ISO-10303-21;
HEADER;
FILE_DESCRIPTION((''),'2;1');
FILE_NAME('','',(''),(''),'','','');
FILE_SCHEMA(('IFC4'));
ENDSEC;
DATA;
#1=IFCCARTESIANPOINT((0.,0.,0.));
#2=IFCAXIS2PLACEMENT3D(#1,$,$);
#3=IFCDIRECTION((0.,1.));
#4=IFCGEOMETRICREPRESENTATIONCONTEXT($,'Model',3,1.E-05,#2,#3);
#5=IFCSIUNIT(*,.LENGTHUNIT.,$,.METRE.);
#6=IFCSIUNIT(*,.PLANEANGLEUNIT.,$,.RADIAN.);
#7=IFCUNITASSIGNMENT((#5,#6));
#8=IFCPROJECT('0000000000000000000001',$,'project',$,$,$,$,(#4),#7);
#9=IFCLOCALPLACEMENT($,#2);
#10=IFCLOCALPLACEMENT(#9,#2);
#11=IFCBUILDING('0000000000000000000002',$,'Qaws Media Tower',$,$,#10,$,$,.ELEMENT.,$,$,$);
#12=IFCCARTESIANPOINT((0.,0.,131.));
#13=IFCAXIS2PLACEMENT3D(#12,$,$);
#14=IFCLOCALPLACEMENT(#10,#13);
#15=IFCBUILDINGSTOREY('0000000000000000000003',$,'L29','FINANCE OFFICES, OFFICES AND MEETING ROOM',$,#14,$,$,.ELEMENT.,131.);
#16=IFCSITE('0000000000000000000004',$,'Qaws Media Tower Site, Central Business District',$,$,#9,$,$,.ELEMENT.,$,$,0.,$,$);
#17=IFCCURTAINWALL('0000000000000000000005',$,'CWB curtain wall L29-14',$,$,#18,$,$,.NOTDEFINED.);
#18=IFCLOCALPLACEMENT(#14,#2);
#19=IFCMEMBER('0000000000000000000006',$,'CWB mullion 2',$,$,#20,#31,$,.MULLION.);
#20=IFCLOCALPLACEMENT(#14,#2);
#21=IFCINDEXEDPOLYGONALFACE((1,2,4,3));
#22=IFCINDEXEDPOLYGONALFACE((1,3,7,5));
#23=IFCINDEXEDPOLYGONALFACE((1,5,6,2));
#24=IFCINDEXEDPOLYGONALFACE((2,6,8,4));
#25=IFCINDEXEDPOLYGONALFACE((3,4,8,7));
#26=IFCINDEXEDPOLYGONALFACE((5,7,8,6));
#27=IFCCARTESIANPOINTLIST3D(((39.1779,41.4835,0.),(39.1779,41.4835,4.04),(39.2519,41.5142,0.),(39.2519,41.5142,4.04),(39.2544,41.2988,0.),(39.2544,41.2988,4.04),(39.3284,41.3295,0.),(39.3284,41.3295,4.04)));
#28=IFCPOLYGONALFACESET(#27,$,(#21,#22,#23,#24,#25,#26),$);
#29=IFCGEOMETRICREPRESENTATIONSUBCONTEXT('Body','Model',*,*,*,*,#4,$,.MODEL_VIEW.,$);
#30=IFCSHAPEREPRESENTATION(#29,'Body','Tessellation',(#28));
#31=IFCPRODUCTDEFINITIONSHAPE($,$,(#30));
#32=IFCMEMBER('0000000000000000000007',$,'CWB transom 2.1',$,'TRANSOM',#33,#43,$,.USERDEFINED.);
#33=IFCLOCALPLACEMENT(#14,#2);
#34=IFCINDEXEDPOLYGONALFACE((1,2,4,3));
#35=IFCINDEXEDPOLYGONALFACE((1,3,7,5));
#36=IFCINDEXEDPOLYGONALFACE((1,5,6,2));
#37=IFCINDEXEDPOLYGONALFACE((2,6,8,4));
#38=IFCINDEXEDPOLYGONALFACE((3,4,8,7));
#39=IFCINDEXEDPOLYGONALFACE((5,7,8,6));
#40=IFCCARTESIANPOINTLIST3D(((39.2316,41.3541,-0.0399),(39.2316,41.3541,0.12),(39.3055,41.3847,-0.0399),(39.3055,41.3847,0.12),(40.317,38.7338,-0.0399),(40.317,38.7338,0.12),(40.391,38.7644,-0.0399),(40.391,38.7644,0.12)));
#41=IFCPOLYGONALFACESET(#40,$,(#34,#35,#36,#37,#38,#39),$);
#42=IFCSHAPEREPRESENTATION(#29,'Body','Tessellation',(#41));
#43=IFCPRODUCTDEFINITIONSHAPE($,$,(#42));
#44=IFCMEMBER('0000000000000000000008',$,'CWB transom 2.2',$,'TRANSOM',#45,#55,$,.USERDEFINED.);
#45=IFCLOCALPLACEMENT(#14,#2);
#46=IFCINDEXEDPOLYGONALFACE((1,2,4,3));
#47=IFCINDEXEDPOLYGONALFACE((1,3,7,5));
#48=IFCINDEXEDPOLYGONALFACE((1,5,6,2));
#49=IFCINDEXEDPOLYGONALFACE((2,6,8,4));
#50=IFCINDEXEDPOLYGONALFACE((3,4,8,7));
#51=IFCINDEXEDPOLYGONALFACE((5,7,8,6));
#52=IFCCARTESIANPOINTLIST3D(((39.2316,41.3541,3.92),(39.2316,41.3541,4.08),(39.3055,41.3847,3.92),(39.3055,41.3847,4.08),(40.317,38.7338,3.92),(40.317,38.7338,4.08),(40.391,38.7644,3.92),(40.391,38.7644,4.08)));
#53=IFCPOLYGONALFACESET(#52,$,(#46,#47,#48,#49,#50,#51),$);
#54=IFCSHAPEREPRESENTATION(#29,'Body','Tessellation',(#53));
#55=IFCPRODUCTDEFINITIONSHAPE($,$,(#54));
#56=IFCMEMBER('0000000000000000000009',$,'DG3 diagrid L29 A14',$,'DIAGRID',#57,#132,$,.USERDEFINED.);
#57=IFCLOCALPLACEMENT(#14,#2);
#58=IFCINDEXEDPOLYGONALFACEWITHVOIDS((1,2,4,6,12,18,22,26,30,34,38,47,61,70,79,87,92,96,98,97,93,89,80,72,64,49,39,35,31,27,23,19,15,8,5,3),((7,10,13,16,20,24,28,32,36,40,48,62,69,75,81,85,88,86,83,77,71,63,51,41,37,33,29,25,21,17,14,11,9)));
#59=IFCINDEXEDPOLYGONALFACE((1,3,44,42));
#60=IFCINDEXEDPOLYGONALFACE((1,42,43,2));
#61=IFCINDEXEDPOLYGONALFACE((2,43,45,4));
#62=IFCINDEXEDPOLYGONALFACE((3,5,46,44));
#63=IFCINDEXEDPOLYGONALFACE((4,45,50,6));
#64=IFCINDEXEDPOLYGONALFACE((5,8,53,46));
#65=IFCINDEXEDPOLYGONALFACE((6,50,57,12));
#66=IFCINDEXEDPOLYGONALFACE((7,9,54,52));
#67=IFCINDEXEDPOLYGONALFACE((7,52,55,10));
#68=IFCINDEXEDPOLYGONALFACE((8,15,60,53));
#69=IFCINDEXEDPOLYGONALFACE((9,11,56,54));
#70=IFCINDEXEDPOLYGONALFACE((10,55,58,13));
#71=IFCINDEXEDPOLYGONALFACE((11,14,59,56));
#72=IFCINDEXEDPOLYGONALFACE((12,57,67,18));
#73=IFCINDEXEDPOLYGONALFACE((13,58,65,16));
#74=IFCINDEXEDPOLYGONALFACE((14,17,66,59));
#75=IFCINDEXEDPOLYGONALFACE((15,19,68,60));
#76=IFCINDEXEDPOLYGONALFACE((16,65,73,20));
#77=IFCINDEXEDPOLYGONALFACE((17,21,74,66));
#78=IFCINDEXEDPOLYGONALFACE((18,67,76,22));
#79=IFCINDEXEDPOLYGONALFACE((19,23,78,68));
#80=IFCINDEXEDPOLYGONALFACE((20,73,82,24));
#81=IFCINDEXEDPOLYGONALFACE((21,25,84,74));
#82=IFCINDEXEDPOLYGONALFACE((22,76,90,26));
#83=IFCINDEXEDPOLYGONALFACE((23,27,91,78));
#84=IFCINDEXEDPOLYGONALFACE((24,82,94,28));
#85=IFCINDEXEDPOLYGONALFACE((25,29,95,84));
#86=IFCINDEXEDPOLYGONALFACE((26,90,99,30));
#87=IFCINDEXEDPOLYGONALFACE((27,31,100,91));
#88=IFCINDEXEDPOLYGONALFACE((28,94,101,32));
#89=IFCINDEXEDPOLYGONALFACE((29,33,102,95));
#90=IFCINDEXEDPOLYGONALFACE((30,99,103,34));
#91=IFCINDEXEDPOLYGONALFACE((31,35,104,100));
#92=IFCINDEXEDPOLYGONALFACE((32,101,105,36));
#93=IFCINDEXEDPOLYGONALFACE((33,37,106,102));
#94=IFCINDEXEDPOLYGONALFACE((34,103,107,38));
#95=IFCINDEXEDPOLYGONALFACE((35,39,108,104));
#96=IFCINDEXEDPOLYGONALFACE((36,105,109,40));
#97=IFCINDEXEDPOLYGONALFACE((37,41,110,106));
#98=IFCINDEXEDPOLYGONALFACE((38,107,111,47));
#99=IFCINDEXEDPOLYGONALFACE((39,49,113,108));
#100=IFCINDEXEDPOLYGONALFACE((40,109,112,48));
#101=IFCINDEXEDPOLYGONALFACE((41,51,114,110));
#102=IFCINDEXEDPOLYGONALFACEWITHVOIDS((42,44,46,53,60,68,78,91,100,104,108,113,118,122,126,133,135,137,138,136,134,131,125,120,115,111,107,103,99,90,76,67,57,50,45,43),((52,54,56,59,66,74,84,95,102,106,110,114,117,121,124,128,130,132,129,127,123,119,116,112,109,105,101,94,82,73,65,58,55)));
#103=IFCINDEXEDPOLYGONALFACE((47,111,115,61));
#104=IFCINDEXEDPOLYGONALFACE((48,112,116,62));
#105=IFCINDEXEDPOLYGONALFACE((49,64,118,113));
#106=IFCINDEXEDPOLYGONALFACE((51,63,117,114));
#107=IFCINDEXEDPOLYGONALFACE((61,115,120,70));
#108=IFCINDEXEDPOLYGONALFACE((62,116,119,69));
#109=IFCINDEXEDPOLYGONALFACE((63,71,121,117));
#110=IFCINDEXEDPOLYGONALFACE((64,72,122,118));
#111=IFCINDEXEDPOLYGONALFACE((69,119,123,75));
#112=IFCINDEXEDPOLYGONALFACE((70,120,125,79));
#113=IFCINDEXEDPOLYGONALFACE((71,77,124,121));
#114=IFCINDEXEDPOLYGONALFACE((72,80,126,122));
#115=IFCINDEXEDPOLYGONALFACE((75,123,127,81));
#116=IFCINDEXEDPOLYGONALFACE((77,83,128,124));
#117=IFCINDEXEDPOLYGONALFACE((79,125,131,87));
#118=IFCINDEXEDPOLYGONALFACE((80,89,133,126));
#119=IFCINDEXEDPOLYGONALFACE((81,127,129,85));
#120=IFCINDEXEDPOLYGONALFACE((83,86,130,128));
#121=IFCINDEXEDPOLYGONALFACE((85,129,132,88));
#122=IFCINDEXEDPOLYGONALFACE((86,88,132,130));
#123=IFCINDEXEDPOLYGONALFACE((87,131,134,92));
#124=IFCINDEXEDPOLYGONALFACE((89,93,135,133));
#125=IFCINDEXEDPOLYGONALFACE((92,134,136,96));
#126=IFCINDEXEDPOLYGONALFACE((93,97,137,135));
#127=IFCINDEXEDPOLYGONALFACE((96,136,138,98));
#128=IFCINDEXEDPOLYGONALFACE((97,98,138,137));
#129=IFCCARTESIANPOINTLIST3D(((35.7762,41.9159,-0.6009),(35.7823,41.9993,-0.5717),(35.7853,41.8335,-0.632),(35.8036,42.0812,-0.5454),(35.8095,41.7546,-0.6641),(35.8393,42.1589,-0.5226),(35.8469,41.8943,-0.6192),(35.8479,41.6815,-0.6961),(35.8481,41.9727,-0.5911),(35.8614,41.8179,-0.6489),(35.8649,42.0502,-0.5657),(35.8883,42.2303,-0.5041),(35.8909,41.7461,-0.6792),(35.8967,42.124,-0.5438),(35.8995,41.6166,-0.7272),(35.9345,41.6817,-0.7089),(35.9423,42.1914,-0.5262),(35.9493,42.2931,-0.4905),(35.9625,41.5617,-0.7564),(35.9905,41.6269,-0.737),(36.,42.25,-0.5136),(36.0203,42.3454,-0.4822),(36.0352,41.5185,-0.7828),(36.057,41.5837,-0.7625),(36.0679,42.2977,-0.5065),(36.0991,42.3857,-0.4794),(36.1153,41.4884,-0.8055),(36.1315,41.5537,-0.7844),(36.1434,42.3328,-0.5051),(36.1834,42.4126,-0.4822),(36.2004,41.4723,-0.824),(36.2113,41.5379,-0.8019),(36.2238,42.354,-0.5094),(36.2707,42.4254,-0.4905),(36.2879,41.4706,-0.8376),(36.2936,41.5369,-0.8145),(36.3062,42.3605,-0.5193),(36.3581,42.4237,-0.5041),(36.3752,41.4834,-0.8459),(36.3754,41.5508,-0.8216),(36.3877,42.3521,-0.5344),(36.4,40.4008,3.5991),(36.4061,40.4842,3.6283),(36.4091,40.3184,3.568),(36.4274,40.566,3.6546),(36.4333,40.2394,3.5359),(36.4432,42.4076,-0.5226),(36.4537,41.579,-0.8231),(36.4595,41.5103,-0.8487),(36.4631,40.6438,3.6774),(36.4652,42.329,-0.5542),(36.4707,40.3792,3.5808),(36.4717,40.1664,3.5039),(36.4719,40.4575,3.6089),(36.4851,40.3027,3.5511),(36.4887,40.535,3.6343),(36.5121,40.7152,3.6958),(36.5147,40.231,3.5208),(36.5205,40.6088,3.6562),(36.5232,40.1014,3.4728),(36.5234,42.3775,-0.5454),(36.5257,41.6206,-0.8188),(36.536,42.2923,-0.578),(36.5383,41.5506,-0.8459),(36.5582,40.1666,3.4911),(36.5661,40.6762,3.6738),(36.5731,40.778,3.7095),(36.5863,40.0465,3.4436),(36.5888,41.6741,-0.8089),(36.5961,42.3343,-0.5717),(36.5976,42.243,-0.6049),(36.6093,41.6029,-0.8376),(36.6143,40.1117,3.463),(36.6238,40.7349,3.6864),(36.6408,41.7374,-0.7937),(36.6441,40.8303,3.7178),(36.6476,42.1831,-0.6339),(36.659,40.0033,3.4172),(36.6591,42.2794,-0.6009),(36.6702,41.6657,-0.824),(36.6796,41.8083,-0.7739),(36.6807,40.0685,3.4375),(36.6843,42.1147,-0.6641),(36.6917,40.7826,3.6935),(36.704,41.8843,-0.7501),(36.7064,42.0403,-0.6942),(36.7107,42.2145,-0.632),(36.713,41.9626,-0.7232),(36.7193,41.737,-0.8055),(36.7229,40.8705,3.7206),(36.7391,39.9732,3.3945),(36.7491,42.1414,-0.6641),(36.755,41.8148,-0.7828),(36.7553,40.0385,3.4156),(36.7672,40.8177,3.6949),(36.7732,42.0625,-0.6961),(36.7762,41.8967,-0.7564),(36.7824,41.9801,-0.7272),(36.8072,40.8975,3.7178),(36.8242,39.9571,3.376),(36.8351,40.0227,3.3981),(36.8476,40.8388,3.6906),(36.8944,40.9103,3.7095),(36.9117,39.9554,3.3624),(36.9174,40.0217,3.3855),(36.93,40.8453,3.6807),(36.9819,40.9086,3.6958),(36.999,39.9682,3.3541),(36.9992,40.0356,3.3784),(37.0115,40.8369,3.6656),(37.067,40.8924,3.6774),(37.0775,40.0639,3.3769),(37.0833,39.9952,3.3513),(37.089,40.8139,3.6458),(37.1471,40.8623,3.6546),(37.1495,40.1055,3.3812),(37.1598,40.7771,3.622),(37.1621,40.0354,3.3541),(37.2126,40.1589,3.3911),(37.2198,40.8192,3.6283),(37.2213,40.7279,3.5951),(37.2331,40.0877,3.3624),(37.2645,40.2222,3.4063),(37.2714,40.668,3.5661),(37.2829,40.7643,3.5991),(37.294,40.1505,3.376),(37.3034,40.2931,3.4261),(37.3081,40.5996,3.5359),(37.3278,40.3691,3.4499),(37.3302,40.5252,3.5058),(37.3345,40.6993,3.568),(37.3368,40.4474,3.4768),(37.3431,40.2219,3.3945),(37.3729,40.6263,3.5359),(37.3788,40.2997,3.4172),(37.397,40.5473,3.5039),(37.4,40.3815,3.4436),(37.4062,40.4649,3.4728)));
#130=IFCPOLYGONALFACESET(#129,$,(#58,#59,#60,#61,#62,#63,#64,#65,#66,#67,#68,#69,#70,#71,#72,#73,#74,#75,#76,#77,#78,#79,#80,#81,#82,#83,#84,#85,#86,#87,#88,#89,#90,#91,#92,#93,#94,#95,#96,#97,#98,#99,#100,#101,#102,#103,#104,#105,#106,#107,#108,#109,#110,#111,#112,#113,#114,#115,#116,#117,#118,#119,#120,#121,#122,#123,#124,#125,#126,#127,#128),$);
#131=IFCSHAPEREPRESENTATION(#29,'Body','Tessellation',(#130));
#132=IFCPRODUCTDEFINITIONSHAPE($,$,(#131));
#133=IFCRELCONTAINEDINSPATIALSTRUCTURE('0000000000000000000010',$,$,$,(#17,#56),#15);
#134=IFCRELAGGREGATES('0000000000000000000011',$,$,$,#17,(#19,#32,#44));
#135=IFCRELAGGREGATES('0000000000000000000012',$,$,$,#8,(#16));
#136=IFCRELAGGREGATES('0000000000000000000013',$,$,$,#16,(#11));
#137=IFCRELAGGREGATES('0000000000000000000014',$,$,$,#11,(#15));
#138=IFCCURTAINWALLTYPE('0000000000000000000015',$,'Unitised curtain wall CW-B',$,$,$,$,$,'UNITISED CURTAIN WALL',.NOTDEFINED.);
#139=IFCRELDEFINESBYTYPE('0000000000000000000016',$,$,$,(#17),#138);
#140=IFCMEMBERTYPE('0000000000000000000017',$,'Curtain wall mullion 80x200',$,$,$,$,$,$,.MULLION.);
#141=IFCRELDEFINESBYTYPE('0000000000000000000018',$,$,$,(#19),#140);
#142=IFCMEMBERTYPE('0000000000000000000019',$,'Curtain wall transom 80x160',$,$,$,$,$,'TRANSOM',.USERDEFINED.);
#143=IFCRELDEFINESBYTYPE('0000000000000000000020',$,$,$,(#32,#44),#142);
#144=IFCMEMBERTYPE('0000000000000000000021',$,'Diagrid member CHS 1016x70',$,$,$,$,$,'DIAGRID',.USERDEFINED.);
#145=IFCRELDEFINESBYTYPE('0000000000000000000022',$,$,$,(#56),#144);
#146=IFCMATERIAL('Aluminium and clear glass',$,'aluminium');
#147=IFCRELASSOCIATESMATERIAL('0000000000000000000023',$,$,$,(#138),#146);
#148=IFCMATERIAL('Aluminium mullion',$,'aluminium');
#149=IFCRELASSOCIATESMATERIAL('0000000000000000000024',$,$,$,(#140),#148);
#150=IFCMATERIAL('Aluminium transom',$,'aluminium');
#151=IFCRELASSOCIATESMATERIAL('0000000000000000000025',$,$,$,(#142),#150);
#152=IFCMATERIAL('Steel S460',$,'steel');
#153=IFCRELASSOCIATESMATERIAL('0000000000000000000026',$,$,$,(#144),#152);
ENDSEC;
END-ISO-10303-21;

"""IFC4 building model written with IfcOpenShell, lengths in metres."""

from ifc_helpers import new_model, si_unit, direction, frame, origin, origin_2d, place, context, subcontext, project, spatial, rectangle, hollow_circle, extrude, material, material_profile, profile_set, type_object, element, aggregate, save


model = new_model("IFC4")

# Units and contexts
model_context = context("Model", 3, precision=1e-05, world=origin(), true_north=direction((0.0, 1.0)))
body_context = subcontext(model_context, "Body", "Model", "MODEL_VIEW")
ifc_project = project(units=[si_unit("LENGTHUNIT", "METRE"), si_unit("PLANEANGLEUNIT", "RADIAN")], contexts=[model_context])

# Site, building, storey
site_placement = place(None, origin())
site = spatial("IfcSite", under=ifc_project, at=site_placement, Name="Qaws Media Tower Site, Central Business District", CompositionType="ELEMENT", RefElevation=0.0)
building_placement = place(site_placement, origin())
building = spatial("IfcBuilding", under=site, at=building_placement, Name="Qaws Media Tower", CompositionType="ELEMENT")
storey_placement = place(building_placement, frame((0.0, 0.0, 131.0)))
storey = spatial("IfcBuildingStorey", under=building, at=storey_placement, Name="L29", Description="FINANCE OFFICES, OFFICES AND MEETING ROOM", CompositionType="ELEMENT", Elevation=131.0)

# Curtain wall, members
ifc_material_1 = material(Name="Aluminium and clear glass", Category="aluminium")
curtain_wall_type = type_object("IfcCurtainWallType", Name="Unitised curtain wall CW-B", ElementType="UNITISED CURTAIN WALL", PredefinedType="NOTDEFINED", material=ifc_material_1)
curtain_wall_placement = place(storey_placement, origin())
curtain_wall = element("IfcCurtainWall", 1, at=curtain_wall_placement, inside=storey, type_object=curtain_wall_type, Name="CWB curtain wall L29-14", PredefinedType="NOTDEFINED")
ifc_material_2 = material(Name="Aluminium mullion", Category="aluminium")
ifc_material_profile_1 = material_profile(ifc_material_2, rectangle(XDim=0.0801, YDim=0.2, at=origin_2d()), Name="80x200")
ifc_profile_set_1 = profile_set([ifc_material_profile_1], Name="Aluminium mullion")
member_type_1 = type_object("IfcMemberType", Name="Curtain wall mullion 80x200", PredefinedType="MULLION", material=ifc_profile_set_1)
member_1_placement = place(storey_placement, frame((39.2532, 41.4065, 0.0), z_axis=(0.0, 0.0, 1.0), x_axis=(0.92388, 0.382683, 0.0)))
member_1 = element("IfcMember", 2, at=member_1_placement, type_object=member_type_1, Name="CWB mullion 2", PredefinedType="MULLION", context=body_context, shape_type="SweptSolid", body=[
    extrude(rectangle(XDim=0.0801, YDim=0.2, at=origin_2d()), origin(), (0.0, 0.0, 1.0), 4.04),
])
ifc_material_3 = material(Name="Aluminium transom", Category="aluminium")
ifc_material_profile_2 = material_profile(ifc_material_3, rectangle(XDim=0.0801, YDim=0.1599, at=origin_2d()), Name="80x160")
ifc_profile_set_2 = profile_set([ifc_material_profile_2], Name="Aluminium transom")
member_type_2 = type_object("IfcMemberType", Name="Curtain wall transom 80x160", ElementType="TRANSOM", PredefinedType="USERDEFINED", material=ifc_profile_set_2)
member_2_placement = place(storey_placement, frame((39.2686, 41.3694, 0.04), z_axis=(0.382701, -0.923872, 0.0), x_axis=(0.923872, 0.382701, 0.0)))
member_2 = element("IfcMember", 3, at=member_2_placement, type_object=member_type_2, Name="CWB transom 2.1", ObjectType="TRANSOM", PredefinedType="USERDEFINED", context=body_context, shape_type="SweptSolid", body=[
    extrude(rectangle(XDim=0.0801, YDim=0.1599, at=origin_2d()), origin(), (0.0, 0.0, 1.0), 2.8362),
])
member_3_placement = place(storey_placement, frame((39.2686, 41.3694, 4.0), z_axis=(0.382701, -0.923872, 0.0), x_axis=(0.923872, 0.382701, 0.0)))
member_3 = element("IfcMember", 4, at=member_3_placement, type_object=member_type_2, Name="CWB transom 2.2", ObjectType="TRANSOM", PredefinedType="USERDEFINED", context=body_context, shape_type="SweptSolid", body=[
    extrude(rectangle(XDim=0.0801, YDim=0.1599, at=origin_2d()), origin(), (0.0, 0.0, 1.0), 2.8362),
])

# Member
ifc_material_4 = material(Name="Steel S460", Category="steel")
ifc_material_profile_3 = material_profile(ifc_material_4, hollow_circle(Radius=0.5081, WallThickness=0.0701, at=origin_2d()), Name="CHS 1016x70")
ifc_profile_set_3 = profile_set([ifc_material_profile_3], Name="Steel S460")
member_type_3 = type_object("IfcMemberType", Name="Diagrid member CHS 1016x70", ElementType="DIAGRID", PredefinedType="USERDEFINED", material=ifc_profile_set_3)
for number, where, z_axis, x_axis, name in (
    (5, (36.2793, 41.948, -0.6641), (0.138364, -0.336081, 0.931614), (0.9247, 0.380697, 0.0), "DG3 diagrid L29 A14"),
):
    element("IfcMember", number, at=place(storey_placement, frame(where, z_axis=z_axis, x_axis=x_axis)), inside=storey, type_object=member_type_3, Name=name, ObjectType="DIAGRID", PredefinedType="USERDEFINED", context=body_context, shape_type="SweptSolid", body=[
        extrude(hollow_circle(Radius=0.5081, WallThickness=0.0701, at=origin_2d()), origin(), (0.0, 0.0, 1.0), 4.5083),
    ])

aggregate(curtain_wall, [member_1, member_2, member_3])

save(model, "model.ifc")
